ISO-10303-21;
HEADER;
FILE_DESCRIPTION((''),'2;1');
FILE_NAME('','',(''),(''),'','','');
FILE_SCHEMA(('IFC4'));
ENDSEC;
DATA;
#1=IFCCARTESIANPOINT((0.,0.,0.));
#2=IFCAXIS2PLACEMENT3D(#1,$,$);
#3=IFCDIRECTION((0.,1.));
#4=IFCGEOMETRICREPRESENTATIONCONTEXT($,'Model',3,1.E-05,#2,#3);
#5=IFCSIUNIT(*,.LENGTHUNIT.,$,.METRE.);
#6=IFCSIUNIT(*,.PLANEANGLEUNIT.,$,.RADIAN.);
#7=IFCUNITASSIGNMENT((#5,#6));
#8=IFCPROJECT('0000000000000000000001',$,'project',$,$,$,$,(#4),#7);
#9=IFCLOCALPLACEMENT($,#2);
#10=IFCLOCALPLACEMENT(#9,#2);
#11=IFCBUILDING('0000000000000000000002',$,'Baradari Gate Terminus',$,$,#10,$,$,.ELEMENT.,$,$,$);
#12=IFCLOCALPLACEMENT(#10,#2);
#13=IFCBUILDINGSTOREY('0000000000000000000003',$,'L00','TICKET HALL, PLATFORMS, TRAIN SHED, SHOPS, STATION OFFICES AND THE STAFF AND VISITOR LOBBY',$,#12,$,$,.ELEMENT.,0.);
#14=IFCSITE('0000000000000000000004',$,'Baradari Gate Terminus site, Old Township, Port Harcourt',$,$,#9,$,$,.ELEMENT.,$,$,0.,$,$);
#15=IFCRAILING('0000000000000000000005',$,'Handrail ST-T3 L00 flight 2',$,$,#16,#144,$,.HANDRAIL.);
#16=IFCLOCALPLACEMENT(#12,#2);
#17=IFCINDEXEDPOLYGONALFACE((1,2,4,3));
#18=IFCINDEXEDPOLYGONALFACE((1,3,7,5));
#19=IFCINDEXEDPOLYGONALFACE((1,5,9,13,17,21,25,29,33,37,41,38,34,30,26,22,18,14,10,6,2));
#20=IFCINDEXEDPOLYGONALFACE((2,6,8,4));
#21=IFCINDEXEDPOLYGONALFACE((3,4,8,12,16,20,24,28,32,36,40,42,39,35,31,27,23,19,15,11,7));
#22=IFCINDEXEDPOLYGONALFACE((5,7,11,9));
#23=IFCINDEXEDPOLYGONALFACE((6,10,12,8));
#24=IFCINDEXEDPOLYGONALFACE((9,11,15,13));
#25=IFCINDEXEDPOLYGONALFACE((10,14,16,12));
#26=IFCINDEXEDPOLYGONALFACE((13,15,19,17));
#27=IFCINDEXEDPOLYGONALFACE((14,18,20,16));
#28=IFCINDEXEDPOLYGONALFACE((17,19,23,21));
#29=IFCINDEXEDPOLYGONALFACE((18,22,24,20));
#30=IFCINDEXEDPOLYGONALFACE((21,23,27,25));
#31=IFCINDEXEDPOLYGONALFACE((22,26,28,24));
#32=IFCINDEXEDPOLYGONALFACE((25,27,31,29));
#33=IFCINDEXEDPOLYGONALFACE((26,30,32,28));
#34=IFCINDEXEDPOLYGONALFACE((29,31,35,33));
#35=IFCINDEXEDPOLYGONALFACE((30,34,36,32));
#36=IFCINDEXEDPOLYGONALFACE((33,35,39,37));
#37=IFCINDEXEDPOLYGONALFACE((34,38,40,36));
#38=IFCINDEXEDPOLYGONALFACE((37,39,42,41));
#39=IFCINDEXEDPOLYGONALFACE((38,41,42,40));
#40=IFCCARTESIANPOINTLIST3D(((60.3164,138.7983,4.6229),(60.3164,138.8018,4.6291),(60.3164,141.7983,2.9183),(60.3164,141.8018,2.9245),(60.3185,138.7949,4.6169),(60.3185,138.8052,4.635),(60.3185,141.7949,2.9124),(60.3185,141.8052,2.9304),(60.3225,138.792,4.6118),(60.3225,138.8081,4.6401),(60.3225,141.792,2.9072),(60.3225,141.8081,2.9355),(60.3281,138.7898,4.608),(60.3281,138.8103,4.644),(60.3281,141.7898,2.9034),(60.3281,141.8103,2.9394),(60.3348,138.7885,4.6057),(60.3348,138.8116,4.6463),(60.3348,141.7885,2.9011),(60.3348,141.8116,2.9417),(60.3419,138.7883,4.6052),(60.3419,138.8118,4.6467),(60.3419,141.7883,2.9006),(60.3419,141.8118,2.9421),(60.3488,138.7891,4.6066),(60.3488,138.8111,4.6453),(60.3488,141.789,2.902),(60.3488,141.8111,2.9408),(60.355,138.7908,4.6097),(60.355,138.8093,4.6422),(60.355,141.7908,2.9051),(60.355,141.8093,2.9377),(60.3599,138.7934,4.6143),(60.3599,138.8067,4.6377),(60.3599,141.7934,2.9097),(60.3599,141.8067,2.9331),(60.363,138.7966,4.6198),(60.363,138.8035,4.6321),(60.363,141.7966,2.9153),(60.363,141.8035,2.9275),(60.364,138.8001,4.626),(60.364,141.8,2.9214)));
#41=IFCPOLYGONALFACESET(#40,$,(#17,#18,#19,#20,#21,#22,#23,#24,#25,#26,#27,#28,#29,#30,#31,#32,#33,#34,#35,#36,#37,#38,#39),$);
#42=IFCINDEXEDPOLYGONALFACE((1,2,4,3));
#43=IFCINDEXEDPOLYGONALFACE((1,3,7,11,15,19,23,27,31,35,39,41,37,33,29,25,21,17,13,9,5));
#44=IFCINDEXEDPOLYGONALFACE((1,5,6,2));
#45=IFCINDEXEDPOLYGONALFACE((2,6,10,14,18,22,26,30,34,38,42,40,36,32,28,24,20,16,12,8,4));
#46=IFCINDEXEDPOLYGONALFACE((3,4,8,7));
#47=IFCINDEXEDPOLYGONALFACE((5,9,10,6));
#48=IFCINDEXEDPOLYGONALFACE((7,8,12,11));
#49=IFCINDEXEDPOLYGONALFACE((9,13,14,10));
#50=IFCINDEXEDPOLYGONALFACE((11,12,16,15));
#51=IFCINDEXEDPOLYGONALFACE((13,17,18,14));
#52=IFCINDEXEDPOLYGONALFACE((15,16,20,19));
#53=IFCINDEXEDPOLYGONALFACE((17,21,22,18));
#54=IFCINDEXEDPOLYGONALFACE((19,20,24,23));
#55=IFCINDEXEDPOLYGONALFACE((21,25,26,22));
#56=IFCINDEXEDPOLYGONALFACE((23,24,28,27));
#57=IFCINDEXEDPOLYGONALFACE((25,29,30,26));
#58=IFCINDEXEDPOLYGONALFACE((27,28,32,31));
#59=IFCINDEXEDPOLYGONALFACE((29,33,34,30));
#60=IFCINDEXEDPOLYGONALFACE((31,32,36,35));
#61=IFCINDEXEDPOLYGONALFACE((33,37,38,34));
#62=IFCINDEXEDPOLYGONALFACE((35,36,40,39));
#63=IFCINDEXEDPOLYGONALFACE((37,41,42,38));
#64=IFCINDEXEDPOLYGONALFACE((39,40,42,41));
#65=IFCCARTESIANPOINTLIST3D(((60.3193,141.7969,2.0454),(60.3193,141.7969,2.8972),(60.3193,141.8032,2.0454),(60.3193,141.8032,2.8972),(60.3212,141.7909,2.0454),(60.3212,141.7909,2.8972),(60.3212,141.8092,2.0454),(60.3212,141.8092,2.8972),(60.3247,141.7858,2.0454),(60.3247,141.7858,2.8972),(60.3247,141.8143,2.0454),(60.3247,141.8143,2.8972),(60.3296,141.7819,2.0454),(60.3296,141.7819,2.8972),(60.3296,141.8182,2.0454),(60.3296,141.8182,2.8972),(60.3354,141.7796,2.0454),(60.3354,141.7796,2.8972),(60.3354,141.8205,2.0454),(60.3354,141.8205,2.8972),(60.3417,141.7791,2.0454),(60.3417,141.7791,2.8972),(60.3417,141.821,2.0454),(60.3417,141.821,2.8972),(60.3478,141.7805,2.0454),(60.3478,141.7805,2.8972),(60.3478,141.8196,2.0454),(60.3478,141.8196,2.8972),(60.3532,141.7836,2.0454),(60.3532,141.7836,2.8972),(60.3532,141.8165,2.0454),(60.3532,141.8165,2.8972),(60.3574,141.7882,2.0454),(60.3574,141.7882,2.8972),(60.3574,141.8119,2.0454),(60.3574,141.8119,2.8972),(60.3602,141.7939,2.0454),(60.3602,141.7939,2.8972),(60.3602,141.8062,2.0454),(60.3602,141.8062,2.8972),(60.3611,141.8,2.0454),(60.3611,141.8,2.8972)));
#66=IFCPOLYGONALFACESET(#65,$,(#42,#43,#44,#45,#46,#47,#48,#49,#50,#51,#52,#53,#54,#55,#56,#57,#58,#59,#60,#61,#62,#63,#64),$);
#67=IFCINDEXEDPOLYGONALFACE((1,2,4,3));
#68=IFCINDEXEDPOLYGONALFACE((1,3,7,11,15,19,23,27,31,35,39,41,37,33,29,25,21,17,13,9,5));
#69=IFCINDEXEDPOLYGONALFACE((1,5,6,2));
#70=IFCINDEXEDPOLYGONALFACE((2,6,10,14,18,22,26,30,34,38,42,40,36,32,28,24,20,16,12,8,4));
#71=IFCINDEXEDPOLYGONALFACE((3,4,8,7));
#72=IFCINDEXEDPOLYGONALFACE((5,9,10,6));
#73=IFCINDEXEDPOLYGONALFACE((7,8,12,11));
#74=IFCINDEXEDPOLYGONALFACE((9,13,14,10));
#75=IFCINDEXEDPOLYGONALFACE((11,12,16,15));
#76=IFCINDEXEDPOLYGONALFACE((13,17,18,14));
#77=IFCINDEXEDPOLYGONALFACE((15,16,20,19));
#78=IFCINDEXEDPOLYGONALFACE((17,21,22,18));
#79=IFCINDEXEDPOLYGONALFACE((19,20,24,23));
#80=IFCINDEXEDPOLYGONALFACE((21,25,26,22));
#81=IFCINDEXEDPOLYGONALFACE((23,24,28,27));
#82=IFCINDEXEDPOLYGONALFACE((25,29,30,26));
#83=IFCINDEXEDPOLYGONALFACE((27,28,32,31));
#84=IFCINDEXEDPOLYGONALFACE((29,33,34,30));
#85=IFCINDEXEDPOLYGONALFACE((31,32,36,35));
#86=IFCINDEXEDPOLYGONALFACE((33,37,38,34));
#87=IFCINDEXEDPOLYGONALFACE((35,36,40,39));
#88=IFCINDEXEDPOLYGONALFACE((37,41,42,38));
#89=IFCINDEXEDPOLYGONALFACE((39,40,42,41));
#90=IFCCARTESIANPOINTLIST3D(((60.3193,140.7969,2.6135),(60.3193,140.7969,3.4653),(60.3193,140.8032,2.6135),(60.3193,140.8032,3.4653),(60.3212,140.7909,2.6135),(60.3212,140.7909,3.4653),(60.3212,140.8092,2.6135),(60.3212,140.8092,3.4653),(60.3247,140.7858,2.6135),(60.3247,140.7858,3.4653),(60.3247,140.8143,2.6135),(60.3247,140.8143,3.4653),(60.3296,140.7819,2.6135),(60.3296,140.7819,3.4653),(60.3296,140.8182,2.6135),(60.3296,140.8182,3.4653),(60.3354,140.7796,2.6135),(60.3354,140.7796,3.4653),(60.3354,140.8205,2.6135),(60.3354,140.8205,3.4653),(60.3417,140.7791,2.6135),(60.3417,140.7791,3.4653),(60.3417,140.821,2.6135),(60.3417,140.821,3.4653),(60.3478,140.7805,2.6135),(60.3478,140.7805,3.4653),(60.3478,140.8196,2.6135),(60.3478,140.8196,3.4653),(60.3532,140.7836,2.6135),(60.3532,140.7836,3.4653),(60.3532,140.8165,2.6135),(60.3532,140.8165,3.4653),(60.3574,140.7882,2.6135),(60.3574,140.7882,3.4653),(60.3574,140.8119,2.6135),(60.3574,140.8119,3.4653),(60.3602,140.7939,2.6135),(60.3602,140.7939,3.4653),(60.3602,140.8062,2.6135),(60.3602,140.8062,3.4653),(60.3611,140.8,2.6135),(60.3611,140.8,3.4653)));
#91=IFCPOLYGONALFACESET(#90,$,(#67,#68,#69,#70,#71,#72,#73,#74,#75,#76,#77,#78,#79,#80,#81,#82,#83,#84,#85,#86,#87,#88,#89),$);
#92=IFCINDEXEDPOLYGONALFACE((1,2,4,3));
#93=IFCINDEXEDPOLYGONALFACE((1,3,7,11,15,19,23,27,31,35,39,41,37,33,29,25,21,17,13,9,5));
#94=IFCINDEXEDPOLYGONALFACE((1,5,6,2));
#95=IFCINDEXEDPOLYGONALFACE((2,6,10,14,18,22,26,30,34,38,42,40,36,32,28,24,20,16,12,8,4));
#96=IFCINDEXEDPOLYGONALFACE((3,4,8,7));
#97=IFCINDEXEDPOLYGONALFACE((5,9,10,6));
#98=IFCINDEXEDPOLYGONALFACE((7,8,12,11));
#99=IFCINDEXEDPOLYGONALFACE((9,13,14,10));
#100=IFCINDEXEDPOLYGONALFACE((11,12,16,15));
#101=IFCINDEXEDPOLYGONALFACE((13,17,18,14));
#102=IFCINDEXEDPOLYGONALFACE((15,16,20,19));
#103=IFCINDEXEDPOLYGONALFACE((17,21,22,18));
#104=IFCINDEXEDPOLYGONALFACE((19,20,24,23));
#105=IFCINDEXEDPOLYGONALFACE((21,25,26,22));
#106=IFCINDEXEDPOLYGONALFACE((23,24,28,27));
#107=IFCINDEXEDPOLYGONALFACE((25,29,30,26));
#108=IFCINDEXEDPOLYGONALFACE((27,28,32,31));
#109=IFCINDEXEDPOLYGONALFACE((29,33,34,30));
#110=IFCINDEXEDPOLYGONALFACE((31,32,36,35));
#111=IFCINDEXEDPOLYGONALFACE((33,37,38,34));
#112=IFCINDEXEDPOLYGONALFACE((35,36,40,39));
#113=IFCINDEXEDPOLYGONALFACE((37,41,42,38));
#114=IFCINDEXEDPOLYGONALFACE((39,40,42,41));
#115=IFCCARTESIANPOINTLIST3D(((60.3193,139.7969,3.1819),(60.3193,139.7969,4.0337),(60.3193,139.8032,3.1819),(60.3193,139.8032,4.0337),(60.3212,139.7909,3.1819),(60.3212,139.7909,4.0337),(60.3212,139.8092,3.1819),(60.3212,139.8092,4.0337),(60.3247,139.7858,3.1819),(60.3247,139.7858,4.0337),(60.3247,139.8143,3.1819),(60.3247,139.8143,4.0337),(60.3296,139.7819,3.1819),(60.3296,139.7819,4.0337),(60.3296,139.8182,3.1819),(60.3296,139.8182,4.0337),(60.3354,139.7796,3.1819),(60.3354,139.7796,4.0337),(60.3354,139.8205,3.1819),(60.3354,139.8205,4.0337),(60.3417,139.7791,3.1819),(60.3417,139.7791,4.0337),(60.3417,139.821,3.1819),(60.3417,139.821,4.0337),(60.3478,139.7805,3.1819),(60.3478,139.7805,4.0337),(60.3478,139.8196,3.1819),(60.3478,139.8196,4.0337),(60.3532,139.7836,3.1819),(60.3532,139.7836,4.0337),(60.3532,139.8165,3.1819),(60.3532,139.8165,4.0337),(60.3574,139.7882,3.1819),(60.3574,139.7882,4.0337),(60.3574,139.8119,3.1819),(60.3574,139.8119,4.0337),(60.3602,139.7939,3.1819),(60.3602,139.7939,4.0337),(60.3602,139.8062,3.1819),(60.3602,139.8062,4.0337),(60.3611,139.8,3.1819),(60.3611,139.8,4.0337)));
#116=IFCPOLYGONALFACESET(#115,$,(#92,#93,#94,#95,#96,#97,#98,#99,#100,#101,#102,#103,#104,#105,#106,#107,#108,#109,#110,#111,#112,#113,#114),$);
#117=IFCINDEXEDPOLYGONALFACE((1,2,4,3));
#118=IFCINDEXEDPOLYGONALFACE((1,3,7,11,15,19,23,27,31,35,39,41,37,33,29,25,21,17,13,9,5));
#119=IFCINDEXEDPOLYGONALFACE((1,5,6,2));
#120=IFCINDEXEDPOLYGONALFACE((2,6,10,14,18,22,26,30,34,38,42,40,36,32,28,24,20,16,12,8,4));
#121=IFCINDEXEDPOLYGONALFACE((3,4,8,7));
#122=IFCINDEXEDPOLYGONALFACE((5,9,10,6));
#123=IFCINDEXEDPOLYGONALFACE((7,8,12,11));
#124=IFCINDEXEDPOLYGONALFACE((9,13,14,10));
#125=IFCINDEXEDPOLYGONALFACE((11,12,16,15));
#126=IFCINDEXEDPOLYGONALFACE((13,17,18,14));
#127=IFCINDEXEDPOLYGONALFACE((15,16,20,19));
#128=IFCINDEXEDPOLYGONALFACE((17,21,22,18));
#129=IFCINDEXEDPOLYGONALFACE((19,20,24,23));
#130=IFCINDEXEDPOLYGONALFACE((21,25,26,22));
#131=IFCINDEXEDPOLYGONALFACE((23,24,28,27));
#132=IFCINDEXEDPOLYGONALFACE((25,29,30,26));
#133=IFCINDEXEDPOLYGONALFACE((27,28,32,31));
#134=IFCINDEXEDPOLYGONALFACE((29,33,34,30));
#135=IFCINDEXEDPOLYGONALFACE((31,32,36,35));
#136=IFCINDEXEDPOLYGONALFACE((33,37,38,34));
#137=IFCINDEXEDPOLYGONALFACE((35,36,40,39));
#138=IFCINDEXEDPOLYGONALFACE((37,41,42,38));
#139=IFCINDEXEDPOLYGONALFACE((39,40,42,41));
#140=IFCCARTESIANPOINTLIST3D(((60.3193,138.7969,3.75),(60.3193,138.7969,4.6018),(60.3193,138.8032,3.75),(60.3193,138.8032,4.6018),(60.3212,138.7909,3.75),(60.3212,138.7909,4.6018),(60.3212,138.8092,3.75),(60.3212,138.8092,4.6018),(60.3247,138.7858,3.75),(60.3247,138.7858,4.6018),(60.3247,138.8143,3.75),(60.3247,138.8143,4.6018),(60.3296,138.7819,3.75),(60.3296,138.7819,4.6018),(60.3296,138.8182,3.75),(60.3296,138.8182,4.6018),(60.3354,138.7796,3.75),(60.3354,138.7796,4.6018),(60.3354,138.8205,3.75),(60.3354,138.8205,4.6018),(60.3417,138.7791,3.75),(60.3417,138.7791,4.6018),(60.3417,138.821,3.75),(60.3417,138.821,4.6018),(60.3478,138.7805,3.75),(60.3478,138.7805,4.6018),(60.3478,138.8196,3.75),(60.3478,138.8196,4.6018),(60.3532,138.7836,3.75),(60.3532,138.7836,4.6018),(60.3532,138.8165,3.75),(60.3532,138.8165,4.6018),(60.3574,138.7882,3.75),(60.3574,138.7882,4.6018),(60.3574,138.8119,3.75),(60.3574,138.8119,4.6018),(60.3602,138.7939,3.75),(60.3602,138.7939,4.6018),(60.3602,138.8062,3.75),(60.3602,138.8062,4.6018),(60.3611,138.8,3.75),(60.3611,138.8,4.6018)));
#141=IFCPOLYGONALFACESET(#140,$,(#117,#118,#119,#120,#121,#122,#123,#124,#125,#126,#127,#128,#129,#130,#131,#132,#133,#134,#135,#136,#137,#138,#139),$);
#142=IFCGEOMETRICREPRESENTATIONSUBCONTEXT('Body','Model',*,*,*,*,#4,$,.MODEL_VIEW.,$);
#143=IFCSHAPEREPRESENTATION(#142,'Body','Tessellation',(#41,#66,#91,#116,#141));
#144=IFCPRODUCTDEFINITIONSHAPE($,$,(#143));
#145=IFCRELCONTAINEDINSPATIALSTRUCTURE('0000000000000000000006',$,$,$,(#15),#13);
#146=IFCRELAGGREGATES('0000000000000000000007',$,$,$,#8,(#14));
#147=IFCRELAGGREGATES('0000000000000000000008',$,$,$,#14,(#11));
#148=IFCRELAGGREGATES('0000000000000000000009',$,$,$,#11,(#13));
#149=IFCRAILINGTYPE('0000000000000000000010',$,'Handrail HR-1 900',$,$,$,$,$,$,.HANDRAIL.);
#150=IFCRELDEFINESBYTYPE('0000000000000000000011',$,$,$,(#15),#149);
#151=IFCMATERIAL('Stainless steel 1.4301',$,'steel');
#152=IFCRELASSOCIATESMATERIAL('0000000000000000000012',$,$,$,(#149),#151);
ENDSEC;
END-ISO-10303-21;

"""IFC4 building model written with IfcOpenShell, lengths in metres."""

from ifc_helpers import new_model, si_unit, direction, frame, origin, origin_2d, place, context, subcontext, project, spatial, circle, extrude, material, type_object, element, save


model = new_model("IFC4")

# Units and contexts
model_context = context("Model", 3, precision=1e-05, world=origin(), true_north=direction((0.0, 1.0)))
body_context = subcontext(model_context, "Body", "Model", "MODEL_VIEW")
ifc_project = project(units=[si_unit("LENGTHUNIT", "METRE"), si_unit("PLANEANGLEUNIT", "RADIAN")], contexts=[model_context])

# Site, building, storey
site_placement = place(None, origin())
site = spatial("IfcSite", under=ifc_project, at=site_placement, Name="Baradari Gate Terminus site, Old Township, Port Harcourt", CompositionType="ELEMENT", RefElevation=0.0)
building_placement = place(site_placement, origin())
building = spatial("IfcBuilding", under=site, at=building_placement, Name="Baradari Gate Terminus", CompositionType="ELEMENT")
storey_placement = place(building_placement, origin())
storey = spatial("IfcBuildingStorey", under=building, at=storey_placement, Name="L00", Description="TICKET HALL, PLATFORMS, TRAIN SHED, SHOPS, STATION OFFICES AND THE STAFF AND VISITOR LOBBY", CompositionType="ELEMENT", Elevation=0.0)

# Railing
ifc_material_1 = material(Name="Stainless steel 1.4301", Category="steel")
railing_type_1 = type_object("IfcRailingType", Name="Handrail HR-1 900", PredefinedType="HANDRAIL", material=ifc_material_1)
for number, where, name in (
    (1, (60.3401, 141.8, 2.0454), "Handrail ST-T3 L00 flight 2"),
):
    element("IfcRailing", number, at=place(storey_placement, frame(where)), inside=storey, type_object=railing_type_1, Name=name, PredefinedType="HANDRAIL", context=body_context, shape_type="SweptSolid", body=[
        extrude(circle(Radius=0.0239, at=origin_2d()), frame((0.0, 0.0, 0.876), z_axis=(0.0, -0.869451, 0.494019), x_axis=(1.0, 0.0, 0.0)), (0.0, 0.0, 1.0), 3.4504),
        extrude(circle(Radius=0.021, at=origin_2d()), origin(), (0.0, 0.0, 1.0), 0.8518),
        extrude(circle(Radius=0.021, at=origin_2d()), frame((0.0, -1.0, 0.5681)), (0.0, 0.0, 1.0), 0.8518),
        extrude(circle(Radius=0.021, at=origin_2d()), frame((0.0, -2.0, 1.1365)), (0.0, 0.0, 1.0), 0.8518),
        extrude(circle(Radius=0.021, at=origin_2d()), frame((0.0, -3.0, 1.7046)), (0.0, 0.0, 1.0), 0.8518),
    ])

save(model, "model.ifc")
